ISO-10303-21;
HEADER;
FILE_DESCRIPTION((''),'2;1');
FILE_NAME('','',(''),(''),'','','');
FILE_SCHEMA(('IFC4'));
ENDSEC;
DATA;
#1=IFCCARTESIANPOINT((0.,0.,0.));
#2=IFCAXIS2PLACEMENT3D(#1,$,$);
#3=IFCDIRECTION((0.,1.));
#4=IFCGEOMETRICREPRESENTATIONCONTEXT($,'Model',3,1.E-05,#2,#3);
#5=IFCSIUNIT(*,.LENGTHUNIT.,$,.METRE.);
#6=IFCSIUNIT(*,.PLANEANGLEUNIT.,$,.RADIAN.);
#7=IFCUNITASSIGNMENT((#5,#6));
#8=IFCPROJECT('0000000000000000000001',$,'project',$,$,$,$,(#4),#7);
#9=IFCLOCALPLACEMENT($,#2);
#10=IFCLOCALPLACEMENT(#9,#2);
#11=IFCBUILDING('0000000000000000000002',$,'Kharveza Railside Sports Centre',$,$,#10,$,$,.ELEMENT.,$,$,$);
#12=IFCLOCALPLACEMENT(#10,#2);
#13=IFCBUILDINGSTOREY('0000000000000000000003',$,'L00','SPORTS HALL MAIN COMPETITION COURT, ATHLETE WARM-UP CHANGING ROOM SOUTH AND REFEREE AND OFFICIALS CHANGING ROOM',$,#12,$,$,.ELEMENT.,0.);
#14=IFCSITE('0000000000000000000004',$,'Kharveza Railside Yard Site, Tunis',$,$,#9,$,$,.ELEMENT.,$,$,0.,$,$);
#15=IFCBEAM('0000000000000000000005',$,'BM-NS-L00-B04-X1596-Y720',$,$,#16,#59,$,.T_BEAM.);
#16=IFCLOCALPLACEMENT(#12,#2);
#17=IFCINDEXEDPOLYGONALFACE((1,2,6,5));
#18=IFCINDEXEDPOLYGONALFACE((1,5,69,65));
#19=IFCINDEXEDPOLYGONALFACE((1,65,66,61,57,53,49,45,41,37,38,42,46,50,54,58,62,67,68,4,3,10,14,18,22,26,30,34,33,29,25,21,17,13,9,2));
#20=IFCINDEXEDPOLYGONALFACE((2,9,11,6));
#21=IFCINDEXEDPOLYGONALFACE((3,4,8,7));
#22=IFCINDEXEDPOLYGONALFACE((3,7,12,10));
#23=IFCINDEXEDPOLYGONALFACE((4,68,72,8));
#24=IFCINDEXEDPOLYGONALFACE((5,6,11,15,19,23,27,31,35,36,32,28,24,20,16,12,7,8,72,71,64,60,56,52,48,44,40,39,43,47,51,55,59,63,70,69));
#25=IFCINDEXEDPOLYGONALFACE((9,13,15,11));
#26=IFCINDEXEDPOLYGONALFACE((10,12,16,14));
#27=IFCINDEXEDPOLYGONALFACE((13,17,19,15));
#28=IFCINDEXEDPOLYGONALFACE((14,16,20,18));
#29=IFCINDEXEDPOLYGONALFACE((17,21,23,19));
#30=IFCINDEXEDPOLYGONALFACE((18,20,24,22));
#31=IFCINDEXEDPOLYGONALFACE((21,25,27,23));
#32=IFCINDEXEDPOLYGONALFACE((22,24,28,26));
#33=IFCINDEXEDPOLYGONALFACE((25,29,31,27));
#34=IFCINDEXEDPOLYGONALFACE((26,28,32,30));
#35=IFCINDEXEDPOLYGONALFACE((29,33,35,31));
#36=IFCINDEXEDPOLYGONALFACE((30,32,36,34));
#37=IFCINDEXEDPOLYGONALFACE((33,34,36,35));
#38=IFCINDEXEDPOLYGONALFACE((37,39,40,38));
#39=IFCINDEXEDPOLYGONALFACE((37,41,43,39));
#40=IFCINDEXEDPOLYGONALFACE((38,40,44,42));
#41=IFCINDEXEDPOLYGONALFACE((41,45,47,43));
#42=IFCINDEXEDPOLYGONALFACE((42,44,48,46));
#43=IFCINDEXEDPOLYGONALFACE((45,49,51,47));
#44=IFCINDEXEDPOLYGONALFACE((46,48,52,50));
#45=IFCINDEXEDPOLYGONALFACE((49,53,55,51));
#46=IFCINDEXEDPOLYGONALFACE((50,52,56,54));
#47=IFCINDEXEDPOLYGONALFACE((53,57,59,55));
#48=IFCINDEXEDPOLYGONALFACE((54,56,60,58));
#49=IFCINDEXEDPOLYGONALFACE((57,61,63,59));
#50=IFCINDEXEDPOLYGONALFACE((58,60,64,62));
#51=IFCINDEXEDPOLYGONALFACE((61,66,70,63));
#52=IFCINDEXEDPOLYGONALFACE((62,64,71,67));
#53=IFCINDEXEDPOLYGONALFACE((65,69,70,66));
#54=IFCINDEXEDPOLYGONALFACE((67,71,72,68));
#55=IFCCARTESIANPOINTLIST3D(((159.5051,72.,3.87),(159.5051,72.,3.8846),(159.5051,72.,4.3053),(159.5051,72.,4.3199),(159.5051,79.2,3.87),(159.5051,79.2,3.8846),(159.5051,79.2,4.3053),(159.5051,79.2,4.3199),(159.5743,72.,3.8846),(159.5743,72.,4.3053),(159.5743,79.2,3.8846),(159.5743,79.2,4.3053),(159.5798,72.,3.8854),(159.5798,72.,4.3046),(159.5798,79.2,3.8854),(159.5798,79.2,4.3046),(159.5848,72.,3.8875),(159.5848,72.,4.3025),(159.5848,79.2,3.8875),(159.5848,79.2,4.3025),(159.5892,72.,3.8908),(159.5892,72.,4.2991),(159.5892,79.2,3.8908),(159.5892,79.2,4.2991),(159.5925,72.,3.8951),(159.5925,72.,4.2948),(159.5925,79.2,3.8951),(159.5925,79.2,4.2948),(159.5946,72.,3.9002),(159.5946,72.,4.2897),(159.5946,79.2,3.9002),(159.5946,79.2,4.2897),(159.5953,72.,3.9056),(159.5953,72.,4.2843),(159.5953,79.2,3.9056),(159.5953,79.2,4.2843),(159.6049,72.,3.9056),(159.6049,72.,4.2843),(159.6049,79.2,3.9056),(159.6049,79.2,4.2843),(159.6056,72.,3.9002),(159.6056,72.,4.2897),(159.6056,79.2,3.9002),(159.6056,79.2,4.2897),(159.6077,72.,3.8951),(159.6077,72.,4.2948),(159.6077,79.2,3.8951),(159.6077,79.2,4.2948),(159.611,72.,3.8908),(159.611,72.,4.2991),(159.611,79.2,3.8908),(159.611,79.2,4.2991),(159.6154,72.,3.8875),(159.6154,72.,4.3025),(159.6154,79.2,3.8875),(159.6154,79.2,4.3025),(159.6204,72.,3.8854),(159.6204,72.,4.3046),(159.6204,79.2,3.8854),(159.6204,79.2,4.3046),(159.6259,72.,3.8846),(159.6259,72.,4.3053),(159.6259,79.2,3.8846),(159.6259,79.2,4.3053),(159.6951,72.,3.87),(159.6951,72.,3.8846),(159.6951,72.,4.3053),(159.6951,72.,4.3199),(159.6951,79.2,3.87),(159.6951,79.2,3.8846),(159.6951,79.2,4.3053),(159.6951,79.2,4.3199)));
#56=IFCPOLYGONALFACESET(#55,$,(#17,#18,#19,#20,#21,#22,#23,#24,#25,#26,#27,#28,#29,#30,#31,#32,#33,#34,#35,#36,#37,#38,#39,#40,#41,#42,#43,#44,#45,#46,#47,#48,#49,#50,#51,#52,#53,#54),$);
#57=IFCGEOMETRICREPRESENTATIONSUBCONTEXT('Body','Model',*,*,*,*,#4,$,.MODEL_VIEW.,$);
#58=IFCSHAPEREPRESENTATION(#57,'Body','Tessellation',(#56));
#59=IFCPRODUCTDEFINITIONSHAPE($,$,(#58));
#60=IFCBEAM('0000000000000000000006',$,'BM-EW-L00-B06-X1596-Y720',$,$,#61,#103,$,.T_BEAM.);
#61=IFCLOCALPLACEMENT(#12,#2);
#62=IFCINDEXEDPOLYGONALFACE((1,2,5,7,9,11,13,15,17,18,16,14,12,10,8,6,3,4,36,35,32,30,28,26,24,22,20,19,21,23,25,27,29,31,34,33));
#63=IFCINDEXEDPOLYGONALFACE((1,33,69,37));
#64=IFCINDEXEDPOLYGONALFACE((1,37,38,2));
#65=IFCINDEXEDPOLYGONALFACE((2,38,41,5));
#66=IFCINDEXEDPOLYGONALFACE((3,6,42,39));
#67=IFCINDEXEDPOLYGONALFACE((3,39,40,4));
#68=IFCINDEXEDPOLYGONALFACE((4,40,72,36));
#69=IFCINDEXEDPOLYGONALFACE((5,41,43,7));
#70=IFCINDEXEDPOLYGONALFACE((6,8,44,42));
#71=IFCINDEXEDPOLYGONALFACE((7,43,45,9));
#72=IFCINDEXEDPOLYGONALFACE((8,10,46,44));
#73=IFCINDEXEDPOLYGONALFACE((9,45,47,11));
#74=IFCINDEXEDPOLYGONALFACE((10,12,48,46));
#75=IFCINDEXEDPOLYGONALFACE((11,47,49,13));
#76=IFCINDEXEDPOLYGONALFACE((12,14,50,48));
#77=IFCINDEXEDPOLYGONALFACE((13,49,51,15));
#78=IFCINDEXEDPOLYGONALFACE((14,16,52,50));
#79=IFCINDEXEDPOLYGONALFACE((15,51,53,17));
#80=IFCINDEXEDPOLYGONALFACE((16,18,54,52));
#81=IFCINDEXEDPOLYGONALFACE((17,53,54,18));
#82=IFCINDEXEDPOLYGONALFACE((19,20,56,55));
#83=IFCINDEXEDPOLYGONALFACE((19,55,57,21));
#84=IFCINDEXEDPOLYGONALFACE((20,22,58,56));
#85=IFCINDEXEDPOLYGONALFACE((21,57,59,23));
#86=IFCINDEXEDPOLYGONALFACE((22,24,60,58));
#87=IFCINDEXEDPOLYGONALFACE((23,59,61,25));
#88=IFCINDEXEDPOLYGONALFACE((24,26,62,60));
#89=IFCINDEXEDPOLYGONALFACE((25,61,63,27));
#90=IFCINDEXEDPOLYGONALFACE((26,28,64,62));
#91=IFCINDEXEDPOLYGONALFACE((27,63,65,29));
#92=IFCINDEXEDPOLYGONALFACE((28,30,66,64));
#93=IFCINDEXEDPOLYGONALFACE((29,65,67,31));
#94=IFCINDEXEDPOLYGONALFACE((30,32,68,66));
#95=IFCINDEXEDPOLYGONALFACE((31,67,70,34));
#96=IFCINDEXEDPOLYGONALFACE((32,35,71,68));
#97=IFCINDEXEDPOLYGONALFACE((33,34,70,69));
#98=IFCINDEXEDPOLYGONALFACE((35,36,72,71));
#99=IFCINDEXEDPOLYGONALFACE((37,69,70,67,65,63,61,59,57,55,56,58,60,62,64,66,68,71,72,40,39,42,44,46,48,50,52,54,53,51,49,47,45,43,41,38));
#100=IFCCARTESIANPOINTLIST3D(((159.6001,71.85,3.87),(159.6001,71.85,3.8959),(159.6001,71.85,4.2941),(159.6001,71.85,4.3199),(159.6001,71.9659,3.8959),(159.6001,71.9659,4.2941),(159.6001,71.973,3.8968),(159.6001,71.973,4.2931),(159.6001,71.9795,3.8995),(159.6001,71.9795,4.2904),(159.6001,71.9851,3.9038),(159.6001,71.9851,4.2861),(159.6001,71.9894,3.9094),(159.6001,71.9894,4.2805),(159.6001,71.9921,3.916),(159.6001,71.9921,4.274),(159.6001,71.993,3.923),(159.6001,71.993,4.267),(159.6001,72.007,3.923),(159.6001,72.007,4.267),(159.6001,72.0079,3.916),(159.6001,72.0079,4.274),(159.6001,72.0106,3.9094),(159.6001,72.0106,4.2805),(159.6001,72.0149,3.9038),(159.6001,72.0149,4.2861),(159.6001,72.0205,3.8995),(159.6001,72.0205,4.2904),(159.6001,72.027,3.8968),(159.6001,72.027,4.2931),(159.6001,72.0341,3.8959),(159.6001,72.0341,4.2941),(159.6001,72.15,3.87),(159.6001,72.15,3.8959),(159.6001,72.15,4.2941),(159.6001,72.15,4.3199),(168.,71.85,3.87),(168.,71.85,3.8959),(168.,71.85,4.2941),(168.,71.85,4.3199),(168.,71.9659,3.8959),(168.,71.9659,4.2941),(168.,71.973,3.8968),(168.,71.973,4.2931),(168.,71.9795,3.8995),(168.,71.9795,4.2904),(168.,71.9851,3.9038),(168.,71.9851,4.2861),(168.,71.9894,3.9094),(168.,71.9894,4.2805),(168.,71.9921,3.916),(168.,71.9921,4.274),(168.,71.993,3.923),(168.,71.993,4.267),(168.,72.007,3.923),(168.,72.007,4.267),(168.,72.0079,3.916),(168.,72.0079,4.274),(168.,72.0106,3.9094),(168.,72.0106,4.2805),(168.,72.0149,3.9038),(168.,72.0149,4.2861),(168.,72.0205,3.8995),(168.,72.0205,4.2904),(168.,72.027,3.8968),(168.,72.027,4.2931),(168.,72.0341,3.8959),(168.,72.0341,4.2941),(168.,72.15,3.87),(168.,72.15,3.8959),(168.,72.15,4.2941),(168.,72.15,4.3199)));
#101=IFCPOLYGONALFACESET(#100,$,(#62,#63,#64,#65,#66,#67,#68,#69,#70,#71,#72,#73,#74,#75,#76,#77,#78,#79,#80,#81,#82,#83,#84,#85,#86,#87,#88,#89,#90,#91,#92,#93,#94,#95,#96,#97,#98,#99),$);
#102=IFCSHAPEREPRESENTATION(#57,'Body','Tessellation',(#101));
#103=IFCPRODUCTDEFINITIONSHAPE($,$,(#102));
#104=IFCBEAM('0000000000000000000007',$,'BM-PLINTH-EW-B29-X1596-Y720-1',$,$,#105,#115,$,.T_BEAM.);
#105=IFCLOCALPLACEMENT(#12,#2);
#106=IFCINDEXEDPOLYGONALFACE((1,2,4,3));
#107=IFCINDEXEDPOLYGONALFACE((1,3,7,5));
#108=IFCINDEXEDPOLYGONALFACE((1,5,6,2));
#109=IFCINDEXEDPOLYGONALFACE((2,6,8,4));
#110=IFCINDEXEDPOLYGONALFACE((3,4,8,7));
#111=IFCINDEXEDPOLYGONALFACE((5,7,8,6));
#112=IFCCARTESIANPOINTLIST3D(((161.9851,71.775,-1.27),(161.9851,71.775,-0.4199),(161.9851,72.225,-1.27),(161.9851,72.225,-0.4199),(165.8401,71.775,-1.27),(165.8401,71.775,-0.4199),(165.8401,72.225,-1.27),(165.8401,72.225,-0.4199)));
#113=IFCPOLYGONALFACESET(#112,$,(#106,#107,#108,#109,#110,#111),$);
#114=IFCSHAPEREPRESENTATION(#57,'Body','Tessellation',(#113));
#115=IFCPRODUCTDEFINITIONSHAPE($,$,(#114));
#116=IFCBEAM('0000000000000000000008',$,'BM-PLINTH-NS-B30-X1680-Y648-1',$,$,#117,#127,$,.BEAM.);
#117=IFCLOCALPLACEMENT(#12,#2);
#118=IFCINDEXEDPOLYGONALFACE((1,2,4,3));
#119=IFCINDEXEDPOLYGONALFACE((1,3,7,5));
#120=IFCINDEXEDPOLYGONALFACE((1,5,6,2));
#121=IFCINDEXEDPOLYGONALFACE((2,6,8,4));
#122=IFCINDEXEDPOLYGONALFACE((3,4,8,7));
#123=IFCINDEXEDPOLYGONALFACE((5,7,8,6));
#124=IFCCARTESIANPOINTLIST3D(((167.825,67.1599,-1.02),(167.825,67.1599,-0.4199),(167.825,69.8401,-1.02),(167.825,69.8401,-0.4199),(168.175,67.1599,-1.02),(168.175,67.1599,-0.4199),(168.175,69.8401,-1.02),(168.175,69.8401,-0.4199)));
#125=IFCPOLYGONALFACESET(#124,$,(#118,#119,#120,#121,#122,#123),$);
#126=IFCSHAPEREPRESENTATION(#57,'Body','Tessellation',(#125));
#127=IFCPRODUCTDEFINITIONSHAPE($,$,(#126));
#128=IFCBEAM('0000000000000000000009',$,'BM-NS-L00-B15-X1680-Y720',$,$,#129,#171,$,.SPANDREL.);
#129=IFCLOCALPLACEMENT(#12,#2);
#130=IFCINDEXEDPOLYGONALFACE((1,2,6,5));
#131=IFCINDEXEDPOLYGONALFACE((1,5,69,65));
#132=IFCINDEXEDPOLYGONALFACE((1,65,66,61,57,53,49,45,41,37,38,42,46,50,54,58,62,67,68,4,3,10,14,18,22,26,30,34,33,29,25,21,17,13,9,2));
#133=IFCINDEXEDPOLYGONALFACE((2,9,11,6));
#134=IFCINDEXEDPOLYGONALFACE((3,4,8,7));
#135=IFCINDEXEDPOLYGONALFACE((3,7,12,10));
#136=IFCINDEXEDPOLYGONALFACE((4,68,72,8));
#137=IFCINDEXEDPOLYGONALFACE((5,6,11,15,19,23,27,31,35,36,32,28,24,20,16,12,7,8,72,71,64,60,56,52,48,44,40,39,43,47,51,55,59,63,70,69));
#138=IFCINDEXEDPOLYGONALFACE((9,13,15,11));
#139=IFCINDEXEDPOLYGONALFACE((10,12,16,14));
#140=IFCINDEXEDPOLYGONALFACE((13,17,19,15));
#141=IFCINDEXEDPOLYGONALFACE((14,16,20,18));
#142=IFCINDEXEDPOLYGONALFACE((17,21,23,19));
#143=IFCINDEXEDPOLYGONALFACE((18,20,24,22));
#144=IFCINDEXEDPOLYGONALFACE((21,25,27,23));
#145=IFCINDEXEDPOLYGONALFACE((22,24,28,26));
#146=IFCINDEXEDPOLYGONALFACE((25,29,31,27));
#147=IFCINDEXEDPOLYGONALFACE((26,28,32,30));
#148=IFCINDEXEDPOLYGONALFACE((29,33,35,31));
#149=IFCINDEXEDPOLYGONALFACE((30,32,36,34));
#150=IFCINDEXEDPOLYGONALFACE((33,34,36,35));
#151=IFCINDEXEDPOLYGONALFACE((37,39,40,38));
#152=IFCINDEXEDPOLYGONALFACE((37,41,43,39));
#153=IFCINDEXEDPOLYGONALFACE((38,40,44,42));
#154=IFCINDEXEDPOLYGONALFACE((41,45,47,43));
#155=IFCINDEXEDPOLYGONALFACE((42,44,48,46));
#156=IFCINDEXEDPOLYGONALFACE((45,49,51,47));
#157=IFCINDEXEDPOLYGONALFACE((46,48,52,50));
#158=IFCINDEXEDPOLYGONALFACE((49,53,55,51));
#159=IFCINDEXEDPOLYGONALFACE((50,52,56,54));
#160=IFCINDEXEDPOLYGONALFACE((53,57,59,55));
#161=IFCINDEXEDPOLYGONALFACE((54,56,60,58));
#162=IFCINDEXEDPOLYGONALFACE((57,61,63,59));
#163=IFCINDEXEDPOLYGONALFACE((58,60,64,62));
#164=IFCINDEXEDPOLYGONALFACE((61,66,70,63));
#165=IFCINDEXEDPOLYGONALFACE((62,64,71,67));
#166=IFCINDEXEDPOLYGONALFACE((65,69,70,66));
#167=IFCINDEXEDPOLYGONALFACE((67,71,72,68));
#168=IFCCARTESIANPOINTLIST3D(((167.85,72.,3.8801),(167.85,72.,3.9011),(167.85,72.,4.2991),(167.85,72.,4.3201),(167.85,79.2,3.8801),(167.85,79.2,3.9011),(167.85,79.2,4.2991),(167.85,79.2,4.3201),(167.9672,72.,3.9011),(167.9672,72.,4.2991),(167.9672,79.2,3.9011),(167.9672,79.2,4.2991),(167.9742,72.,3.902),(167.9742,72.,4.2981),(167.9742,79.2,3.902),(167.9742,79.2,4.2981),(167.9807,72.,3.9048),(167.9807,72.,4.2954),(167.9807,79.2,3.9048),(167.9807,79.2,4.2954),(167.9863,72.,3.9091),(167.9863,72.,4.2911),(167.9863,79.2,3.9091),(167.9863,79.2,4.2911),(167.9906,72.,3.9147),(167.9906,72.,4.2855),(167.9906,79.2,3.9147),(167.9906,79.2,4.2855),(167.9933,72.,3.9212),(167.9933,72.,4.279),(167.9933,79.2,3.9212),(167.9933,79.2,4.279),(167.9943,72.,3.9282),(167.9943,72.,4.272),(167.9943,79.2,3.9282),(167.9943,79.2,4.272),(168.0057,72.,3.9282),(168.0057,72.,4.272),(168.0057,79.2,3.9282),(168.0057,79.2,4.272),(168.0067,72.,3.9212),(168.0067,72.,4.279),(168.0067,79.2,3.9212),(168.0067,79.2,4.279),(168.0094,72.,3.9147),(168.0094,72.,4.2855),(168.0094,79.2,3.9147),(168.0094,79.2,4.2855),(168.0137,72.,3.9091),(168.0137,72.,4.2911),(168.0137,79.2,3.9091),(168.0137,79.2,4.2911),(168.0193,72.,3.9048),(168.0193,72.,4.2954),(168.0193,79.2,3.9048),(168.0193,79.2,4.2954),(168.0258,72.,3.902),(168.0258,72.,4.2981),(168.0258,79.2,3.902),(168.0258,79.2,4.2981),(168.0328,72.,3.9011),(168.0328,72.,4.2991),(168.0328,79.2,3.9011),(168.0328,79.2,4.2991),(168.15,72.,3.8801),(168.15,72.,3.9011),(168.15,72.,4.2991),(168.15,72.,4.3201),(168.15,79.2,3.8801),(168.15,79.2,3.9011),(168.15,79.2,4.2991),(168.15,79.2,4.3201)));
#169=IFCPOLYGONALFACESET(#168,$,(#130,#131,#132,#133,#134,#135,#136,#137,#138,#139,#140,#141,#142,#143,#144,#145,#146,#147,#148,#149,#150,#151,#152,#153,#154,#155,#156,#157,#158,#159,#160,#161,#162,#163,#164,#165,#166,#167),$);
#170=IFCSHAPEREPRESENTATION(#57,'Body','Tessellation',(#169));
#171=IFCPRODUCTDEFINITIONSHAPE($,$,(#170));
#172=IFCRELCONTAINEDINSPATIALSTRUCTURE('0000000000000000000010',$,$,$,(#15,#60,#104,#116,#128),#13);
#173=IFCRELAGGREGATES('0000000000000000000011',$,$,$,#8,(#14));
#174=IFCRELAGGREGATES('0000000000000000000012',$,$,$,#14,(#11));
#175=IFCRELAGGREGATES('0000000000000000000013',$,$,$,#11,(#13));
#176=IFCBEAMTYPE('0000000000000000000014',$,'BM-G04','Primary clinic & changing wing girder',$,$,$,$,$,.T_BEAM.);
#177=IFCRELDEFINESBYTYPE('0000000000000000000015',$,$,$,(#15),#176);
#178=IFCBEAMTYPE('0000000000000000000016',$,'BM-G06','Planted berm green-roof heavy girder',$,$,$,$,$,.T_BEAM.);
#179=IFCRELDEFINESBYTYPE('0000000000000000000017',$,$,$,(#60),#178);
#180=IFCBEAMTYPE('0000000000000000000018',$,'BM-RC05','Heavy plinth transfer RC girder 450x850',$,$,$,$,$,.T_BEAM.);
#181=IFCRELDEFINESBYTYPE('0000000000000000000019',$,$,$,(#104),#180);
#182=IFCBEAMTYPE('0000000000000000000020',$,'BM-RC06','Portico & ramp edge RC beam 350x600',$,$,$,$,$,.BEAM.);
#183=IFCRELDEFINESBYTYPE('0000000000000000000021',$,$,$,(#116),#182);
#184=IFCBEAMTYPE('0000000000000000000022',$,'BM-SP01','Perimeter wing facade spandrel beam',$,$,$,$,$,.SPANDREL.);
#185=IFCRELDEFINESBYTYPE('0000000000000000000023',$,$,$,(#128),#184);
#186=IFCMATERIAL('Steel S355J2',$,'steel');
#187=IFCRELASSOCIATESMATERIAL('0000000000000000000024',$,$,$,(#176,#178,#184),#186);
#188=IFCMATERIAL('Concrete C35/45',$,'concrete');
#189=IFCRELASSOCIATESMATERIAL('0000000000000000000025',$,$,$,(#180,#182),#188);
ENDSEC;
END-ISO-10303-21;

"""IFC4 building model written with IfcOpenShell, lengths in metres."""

from ifc_helpers import new_model, si_unit, direction, frame, origin, origin_2d, place, context, subcontext, project, spatial, rectangle, i_section, extrude, material, material_profile, profile_set, type_object, element, save


model = new_model("IFC4")

# Units and contexts
model_context = context("Model", 3, precision=1e-05, world=origin(), true_north=direction((0.0, 1.0)))
body_context = subcontext(model_context, "Body", "Model", "MODEL_VIEW")
ifc_project = project(units=[si_unit("LENGTHUNIT", "METRE"), si_unit("PLANEANGLEUNIT", "RADIAN")], contexts=[model_context])

# Site, building, storey
site_placement = place(None, origin())
site = spatial("IfcSite", under=ifc_project, at=site_placement, Name="Kharveza Railside Yard Site, Tunis", CompositionType="ELEMENT", RefElevation=0.0)
building_placement = place(site_placement, origin())
building = spatial("IfcBuilding", under=site, at=building_placement, Name="Kharveza Railside Sports Centre", CompositionType="ELEMENT")
storey_placement = place(building_placement, origin())
storey = spatial("IfcBuildingStorey", under=building, at=storey_placement, Name="L00", Description="SPORTS HALL MAIN COMPETITION COURT, ATHLETE WARM-UP CHANGING ROOM SOUTH AND REFEREE AND OFFICIALS CHANGING ROOM", CompositionType="ELEMENT", Elevation=0.0)

# Shared definitions
ifc_material_1 = material(Name="Concrete C35/45", Category="concrete")

# Shared definitions
ifc_material_2 = material(Name="Steel S355J2", Category="steel")

# Beams
ifc_material_profile_1 = material_profile(ifc_material_2, i_section(OverallWidth=0.1899, OverallDepth=0.45, WebThickness=0.0095, FlangeThickness=0.0146, FilletRadius=0.021, at=origin_2d()), Name="IPE 450")
ifc_profile_set_1 = profile_set([ifc_material_profile_1], Name="Steel S355J2")
beam_type_1 = type_object("IfcBeamType", Name="BM-G04", Description="Primary clinic & changing wing girder", PredefinedType="T_BEAM", material=ifc_profile_set_1)
beam_1_placement = place(storey_placement, frame((159.6001, 72.0, 4.095), z_axis=(0.0, 1.0, 0.0), x_axis=(-1.0, 0.0, 0.0)))
element("IfcBeam", 1, at=beam_1_placement, inside=storey, type_object=beam_type_1, Name="BM-NS-L00-B04-X1596-Y720", PredefinedType="T_BEAM", context=body_context, shape_type="SweptSolid", body=[
    extrude(i_section(OverallWidth=0.1899, OverallDepth=0.45, WebThickness=0.0095, FlangeThickness=0.0146, FilletRadius=0.021, at=origin_2d()), origin(), (0.0, 0.0, 1.0), 7.2),
])
ifc_material_profile_2 = material_profile(ifc_material_2, i_section(OverallWidth=0.3, OverallDepth=0.45, WebThickness=0.0139, FlangeThickness=0.0259, FilletRadius=0.0271, at=origin_2d()), Name="HEB 450")
ifc_profile_set_2 = profile_set([ifc_material_profile_2], Name="Steel S355J2")
beam_type_2 = type_object("IfcBeamType", Name="BM-G06", Description="Planted berm green-roof heavy girder", PredefinedType="T_BEAM", material=ifc_profile_set_2)
beam_2_placement = place(storey_placement, frame((159.6001, 72.0, 4.095), z_axis=(1.0, 0.0, 0.0), x_axis=(0.0, 1.0, 0.0)))
element("IfcBeam", 2, at=beam_2_placement, inside=storey, type_object=beam_type_2, Name="BM-EW-L00-B06-X1596-Y720", PredefinedType="T_BEAM", context=body_context, shape_type="SweptSolid", body=[
    extrude(i_section(OverallWidth=0.3, OverallDepth=0.45, WebThickness=0.0139, FlangeThickness=0.0259, FilletRadius=0.0271, at=origin_2d()), origin(), (0.0, 0.0, 1.0), 8.3999),
])
ifc_material_profile_3 = material_profile(ifc_material_1, rectangle(XDim=0.45, YDim=0.8501, at=origin_2d()), Name="RCB 450x850")
ifc_profile_set_3 = profile_set([ifc_material_profile_3], Name="Concrete C35/45")
beam_type_3 = type_object("IfcBeamType", Name="BM-RC05", Description="Heavy plinth transfer RC girder 450x850", PredefinedType="T_BEAM", material=ifc_profile_set_3)
beam_3_placement = place(storey_placement, frame((161.9851, 72.0, -0.845), z_axis=(1.0, 0.0, 0.0), x_axis=(0.0, 1.0, 0.0)))
element("IfcBeam", 3, at=beam_3_placement, inside=storey, type_object=beam_type_3, Name="BM-PLINTH-EW-B29-X1596-Y720-1", PredefinedType="T_BEAM", context=body_context, shape_type="SweptSolid", body=[
    extrude(rectangle(XDim=0.45, YDim=0.8501, at=origin_2d()), origin(), (0.0, 0.0, 1.0), 3.855),
])
ifc_material_profile_4 = material_profile(ifc_material_1, rectangle(XDim=0.3501, YDim=0.6001, at=origin_2d()), Name="RCB 350x600")
ifc_profile_set_4 = profile_set([ifc_material_profile_4], Name="Concrete C35/45")
beam_type_4 = type_object("IfcBeamType", Name="BM-RC06", Description="Portico & ramp edge RC beam 350x600", PredefinedType="BEAM", material=ifc_profile_set_4)
beam_4_placement = place(storey_placement, frame((168.0, 67.1599, -0.72), z_axis=(0.0, 1.0, 0.0), x_axis=(-1.0, 0.0, 0.0)))
element("IfcBeam", 4, at=beam_4_placement, inside=storey, type_object=beam_type_4, Name="BM-PLINTH-NS-B30-X1680-Y648-1", PredefinedType="BEAM", context=body_context, shape_type="SweptSolid", body=[
    extrude(rectangle(XDim=0.3501, YDim=0.6001, at=origin_2d()), origin(), (0.0, 0.0, 1.0), 2.6802),
])
ifc_material_profile_5 = material_profile(ifc_material_2, i_section(OverallWidth=0.3, OverallDepth=0.4399, WebThickness=0.0115, FlangeThickness=0.021, FilletRadius=0.0271, at=origin_2d()), Name="HEA 450")
ifc_profile_set_5 = profile_set([ifc_material_profile_5], Name="Steel S355J2")
beam_type_5 = type_object("IfcBeamType", Name="BM-SP01", Description="Perimeter wing facade spandrel beam", PredefinedType="SPANDREL", material=ifc_profile_set_5)
beam_5_placement = place(storey_placement, frame((168.0, 72.0, 4.1001), z_axis=(0.0, 1.0, 0.0), x_axis=(-1.0, 0.0, 0.0)))
element("IfcBeam", 5, at=beam_5_placement, inside=storey, type_object=beam_type_5, Name="BM-NS-L00-B15-X1680-Y720", PredefinedType="SPANDREL", context=body_context, shape_type="SweptSolid", body=[
    extrude(i_section(OverallWidth=0.3, OverallDepth=0.4399, WebThickness=0.0115, FlangeThickness=0.021, FilletRadius=0.0271, at=origin_2d()), origin(), (0.0, 0.0, 1.0), 7.2),
])

save(model, "model.ifc")
